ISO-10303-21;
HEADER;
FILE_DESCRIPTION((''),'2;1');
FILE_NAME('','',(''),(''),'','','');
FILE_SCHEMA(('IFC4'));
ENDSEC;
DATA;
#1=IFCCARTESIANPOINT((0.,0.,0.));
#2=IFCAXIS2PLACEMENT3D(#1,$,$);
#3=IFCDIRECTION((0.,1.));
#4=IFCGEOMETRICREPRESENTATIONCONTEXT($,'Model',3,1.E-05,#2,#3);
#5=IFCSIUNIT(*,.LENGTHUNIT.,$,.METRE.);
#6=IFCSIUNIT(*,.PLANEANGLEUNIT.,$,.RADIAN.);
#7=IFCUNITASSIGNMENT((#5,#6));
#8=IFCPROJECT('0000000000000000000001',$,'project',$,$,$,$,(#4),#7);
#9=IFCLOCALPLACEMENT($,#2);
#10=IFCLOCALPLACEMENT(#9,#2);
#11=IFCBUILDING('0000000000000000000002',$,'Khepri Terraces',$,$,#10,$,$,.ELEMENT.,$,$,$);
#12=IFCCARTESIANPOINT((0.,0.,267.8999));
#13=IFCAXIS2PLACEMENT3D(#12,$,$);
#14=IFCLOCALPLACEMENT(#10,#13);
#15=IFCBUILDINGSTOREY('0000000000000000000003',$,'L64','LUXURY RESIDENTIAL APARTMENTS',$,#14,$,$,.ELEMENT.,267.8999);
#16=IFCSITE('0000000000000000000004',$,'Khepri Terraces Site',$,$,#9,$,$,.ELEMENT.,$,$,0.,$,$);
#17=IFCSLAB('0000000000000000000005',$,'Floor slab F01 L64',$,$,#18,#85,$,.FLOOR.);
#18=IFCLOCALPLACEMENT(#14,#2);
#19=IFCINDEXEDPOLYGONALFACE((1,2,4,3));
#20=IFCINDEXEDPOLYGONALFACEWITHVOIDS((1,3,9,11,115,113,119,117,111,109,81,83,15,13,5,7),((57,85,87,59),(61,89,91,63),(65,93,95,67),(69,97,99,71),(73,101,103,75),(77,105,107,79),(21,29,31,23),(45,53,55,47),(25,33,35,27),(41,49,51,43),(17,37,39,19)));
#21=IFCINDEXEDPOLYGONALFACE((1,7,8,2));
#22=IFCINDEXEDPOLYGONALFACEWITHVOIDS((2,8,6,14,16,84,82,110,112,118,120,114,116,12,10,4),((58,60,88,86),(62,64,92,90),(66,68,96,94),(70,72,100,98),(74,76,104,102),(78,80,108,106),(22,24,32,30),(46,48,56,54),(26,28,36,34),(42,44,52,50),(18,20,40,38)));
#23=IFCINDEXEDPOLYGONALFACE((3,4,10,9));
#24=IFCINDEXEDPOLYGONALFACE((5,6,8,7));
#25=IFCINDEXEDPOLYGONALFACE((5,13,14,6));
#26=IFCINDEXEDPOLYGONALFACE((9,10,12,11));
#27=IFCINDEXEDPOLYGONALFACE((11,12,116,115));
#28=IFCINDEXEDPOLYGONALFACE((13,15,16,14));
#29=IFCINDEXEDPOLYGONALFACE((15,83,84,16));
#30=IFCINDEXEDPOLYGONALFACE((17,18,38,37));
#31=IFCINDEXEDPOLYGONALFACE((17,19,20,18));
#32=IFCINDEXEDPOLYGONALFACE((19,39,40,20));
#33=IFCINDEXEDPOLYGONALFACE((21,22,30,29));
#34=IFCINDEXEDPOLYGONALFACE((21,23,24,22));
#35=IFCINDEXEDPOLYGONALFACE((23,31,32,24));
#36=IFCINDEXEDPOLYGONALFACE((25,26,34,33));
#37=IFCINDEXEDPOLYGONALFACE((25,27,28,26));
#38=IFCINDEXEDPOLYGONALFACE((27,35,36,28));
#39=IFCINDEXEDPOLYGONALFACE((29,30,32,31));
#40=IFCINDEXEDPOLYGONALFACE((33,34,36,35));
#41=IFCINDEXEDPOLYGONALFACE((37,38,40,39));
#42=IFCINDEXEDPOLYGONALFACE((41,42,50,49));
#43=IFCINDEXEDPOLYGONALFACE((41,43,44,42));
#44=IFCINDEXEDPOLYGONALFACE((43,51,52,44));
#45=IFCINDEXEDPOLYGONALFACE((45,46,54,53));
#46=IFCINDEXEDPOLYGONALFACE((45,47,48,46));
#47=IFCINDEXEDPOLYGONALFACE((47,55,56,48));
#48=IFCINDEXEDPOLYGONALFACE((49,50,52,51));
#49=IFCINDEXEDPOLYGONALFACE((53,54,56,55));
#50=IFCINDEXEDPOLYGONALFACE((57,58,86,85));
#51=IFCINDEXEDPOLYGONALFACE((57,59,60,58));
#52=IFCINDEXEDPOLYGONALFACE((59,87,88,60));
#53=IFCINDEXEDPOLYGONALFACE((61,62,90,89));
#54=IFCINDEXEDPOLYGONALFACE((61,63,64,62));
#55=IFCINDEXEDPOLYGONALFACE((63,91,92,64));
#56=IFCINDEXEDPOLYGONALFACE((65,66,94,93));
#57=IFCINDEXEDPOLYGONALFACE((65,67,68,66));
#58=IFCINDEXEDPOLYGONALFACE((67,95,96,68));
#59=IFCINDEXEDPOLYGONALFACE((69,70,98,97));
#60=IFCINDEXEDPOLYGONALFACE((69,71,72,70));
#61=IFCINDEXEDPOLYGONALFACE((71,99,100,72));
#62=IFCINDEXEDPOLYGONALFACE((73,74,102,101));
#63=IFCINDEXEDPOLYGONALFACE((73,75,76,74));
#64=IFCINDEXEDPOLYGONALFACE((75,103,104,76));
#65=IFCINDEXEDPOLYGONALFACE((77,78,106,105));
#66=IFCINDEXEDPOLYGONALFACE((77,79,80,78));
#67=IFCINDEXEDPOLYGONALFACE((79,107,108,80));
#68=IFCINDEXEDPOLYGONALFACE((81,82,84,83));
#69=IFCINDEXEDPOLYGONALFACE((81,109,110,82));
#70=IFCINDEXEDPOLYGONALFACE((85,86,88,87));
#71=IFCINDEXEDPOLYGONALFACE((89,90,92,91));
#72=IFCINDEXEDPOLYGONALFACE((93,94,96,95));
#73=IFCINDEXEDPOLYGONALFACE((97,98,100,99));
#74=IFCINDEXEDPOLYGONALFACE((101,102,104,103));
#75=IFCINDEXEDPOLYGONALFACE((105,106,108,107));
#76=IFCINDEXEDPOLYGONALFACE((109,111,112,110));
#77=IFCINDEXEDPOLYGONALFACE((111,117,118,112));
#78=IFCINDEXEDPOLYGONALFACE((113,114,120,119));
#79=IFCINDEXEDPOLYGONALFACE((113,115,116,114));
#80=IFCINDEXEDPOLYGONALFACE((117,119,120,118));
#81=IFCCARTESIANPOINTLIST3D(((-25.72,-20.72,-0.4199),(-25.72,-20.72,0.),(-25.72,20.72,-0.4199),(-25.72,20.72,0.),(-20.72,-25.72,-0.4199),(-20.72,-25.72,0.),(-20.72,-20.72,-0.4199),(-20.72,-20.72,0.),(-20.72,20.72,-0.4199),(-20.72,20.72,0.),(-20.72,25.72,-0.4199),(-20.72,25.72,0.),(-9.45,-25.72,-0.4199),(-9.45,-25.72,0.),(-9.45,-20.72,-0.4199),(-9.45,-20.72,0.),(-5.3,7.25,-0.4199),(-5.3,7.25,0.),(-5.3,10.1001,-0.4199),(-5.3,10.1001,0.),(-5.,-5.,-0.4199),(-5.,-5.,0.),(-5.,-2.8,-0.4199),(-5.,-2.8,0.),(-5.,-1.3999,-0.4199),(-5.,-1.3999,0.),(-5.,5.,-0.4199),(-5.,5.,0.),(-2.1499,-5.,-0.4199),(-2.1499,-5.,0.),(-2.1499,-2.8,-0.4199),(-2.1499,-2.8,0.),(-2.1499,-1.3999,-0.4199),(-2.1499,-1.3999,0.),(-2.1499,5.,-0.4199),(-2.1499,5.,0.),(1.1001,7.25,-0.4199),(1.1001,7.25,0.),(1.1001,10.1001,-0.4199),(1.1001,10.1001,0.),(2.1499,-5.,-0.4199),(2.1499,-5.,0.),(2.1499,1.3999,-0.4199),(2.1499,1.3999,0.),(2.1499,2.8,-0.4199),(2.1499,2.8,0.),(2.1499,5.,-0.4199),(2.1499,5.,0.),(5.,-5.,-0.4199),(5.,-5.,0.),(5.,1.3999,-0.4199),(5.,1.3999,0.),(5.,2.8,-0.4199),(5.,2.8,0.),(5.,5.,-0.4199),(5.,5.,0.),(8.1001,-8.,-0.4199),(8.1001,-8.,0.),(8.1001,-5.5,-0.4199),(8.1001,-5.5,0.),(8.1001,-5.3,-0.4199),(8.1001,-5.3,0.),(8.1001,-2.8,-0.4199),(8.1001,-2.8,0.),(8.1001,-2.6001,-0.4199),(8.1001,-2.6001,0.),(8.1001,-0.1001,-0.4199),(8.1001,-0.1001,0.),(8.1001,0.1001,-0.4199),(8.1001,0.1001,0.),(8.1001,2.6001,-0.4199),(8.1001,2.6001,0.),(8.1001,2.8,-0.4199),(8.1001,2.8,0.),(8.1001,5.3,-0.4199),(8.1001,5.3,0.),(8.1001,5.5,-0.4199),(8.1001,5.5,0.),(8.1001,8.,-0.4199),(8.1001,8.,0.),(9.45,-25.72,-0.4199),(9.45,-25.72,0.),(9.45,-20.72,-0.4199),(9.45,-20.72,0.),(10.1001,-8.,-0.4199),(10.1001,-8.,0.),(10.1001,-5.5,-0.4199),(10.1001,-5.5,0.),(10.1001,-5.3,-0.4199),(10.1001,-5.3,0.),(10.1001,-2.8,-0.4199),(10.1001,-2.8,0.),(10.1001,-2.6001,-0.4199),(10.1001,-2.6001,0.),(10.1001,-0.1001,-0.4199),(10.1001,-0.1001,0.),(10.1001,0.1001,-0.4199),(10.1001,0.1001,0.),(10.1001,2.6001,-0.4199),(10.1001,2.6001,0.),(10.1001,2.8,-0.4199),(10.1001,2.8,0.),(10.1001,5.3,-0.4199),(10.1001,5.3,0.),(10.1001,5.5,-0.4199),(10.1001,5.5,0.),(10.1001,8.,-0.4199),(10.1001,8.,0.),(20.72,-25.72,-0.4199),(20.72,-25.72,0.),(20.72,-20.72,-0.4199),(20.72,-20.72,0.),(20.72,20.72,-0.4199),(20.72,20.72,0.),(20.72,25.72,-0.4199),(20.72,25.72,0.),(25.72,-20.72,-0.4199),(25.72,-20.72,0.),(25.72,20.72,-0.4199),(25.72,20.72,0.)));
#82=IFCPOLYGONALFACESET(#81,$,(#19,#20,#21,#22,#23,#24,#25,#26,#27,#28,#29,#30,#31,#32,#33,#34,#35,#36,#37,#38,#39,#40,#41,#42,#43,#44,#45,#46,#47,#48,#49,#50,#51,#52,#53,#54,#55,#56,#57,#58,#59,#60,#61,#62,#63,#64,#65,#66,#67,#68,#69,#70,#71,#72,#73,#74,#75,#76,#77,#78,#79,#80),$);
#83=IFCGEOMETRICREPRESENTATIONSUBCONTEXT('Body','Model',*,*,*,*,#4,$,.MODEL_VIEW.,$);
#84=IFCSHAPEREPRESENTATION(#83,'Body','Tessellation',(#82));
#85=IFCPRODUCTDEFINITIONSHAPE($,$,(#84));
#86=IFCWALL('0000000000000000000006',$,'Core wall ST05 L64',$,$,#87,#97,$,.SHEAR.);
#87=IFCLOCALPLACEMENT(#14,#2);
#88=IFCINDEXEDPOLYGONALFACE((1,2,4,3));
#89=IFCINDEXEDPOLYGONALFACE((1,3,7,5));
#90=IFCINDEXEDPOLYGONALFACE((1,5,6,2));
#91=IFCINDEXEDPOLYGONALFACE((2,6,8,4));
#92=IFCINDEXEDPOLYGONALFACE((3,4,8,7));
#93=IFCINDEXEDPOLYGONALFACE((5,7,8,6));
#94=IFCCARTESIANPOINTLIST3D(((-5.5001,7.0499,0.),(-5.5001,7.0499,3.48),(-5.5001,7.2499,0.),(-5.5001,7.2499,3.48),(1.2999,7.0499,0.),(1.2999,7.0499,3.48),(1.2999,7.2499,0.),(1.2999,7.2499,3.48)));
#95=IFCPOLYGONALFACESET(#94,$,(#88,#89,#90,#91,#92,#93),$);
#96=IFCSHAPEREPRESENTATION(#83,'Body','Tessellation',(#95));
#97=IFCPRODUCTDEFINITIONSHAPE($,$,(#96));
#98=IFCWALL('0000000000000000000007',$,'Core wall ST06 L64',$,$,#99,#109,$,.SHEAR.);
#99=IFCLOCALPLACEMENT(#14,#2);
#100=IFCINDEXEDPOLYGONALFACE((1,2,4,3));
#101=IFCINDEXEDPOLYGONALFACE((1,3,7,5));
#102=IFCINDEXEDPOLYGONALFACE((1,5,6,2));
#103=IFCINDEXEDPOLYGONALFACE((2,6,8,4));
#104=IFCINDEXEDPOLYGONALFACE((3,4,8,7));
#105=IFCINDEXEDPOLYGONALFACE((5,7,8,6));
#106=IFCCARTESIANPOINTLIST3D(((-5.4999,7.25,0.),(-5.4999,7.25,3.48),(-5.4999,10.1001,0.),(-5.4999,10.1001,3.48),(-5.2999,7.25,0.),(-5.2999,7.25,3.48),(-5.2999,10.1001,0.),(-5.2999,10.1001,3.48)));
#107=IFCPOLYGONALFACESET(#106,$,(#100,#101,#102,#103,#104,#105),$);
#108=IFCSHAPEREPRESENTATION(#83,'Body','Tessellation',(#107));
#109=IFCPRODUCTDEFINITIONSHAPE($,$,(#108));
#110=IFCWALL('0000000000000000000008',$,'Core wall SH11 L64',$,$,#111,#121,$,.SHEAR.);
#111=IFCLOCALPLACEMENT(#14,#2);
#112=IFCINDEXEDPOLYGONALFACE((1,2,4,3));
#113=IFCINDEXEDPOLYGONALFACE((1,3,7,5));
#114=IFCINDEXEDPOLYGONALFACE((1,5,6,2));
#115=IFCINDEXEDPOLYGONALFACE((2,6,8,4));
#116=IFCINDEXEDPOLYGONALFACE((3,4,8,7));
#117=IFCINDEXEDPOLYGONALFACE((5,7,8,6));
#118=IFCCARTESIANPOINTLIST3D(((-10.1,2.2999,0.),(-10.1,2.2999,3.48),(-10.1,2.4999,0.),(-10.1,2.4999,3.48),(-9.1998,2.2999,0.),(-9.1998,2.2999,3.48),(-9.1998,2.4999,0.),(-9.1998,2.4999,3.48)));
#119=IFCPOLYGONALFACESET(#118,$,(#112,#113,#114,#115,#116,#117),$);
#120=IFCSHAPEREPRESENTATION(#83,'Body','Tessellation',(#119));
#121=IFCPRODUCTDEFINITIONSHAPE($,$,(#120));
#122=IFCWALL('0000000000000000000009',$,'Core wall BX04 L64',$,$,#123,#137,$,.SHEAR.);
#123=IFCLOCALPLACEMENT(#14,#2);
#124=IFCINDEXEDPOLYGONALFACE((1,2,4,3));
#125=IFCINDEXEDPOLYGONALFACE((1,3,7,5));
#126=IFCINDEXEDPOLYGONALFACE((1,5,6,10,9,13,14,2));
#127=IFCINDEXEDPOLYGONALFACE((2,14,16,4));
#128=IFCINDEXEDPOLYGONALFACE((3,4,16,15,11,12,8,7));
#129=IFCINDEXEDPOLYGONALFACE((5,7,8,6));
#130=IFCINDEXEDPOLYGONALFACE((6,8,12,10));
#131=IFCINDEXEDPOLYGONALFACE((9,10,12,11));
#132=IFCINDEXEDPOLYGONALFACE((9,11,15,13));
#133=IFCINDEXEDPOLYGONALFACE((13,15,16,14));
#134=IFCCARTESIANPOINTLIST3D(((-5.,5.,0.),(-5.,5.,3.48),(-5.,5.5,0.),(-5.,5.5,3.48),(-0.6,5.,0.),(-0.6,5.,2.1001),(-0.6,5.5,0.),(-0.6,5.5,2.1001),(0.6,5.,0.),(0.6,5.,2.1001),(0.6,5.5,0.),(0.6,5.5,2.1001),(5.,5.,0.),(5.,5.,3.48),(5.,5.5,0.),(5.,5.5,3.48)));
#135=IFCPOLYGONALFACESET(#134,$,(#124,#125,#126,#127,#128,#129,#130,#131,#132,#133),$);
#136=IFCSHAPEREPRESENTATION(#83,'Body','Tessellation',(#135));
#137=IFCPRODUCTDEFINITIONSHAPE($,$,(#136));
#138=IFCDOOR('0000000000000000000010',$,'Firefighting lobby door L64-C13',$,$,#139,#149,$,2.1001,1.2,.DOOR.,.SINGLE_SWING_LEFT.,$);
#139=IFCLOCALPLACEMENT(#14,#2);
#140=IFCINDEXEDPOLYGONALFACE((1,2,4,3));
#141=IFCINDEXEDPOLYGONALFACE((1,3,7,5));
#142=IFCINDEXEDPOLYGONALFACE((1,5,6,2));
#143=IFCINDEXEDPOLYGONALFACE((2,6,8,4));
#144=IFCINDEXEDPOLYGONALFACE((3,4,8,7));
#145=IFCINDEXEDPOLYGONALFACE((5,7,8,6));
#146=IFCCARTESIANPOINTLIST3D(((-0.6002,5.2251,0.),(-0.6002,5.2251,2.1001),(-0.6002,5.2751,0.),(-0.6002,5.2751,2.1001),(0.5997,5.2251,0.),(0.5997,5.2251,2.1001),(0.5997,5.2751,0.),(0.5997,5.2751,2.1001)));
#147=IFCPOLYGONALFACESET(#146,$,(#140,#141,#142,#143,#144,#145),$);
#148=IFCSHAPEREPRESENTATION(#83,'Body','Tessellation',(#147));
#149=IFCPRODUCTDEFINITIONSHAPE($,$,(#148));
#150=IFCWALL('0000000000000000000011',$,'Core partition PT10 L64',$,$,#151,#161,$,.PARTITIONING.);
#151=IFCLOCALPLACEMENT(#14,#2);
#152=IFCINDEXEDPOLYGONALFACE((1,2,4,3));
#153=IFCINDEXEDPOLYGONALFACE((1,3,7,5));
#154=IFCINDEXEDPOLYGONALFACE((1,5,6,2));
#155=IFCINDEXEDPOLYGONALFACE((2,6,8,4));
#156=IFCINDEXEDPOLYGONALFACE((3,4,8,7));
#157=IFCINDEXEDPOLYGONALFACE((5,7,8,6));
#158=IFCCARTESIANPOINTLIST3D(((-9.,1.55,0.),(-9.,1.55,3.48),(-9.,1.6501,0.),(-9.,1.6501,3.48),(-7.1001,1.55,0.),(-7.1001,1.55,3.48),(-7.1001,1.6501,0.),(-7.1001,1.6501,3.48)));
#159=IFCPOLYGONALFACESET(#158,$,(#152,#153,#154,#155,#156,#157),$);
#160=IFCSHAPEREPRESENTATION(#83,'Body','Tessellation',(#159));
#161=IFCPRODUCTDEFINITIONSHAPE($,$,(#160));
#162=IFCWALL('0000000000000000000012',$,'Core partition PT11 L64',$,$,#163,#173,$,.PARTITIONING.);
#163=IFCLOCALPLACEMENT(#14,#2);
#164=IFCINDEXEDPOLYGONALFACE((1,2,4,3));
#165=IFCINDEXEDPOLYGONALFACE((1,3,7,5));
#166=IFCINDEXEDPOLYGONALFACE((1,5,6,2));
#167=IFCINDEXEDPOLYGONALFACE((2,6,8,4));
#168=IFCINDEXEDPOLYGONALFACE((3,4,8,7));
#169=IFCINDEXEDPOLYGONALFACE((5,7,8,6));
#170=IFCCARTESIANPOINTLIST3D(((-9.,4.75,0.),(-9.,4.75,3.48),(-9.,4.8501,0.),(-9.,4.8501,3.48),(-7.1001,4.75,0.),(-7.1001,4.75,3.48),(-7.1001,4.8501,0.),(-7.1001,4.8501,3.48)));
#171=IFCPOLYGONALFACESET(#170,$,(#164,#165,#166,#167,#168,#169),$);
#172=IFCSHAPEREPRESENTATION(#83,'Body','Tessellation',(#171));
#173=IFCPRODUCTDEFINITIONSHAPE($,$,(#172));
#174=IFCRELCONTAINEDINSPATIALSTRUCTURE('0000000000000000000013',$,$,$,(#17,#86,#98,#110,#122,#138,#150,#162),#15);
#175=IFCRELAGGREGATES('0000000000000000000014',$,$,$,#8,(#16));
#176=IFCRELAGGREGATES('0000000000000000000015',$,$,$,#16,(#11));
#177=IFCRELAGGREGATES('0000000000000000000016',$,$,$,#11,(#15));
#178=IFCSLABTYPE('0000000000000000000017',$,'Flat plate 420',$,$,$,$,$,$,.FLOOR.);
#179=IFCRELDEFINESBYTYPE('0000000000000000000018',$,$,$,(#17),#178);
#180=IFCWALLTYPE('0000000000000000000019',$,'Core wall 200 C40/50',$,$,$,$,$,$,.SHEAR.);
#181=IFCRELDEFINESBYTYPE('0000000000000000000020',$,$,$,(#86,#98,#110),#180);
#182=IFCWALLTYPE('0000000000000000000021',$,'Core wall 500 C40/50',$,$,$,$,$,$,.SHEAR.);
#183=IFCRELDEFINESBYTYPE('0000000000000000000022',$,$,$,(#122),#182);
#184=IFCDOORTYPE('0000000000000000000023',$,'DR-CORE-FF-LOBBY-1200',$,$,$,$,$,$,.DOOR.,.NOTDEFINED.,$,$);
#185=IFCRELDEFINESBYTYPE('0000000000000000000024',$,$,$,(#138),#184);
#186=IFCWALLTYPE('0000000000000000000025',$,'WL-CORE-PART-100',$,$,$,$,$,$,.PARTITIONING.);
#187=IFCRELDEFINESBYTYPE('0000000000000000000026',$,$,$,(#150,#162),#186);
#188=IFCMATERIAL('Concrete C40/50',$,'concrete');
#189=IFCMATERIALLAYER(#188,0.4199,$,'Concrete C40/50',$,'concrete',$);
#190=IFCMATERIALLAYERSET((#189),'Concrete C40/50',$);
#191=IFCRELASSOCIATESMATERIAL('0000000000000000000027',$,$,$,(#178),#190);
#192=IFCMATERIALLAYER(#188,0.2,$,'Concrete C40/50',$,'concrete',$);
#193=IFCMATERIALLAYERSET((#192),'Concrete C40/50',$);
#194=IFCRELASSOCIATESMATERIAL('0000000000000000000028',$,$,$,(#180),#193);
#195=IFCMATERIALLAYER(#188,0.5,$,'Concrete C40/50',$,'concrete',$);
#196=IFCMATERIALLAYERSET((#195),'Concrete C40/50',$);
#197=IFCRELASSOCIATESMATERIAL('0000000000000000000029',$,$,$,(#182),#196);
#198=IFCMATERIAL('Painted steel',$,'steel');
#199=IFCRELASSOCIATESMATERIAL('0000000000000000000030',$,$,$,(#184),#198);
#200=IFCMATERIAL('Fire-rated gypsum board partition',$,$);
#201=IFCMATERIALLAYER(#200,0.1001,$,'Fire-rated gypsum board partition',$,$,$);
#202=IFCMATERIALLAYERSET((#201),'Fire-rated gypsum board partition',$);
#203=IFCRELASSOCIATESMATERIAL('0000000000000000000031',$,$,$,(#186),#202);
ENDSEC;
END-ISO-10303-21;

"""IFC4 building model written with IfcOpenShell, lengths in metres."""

from ifc_helpers import new_model, si_unit, direction, frame, frame_2d, origin, place, context, subcontext, project, spatial, polyline, rectangle, outline, extrude, material, layer, layer_set, type_object, element, fill, save


model = new_model("IFC4")

# Units and contexts
model_context = context("Model", 3, precision=1e-05, world=origin(), true_north=direction((0.0, 1.0)))
body_context = subcontext(model_context, "Body", "Model", "MODEL_VIEW")
ifc_project = project(units=[si_unit("LENGTHUNIT", "METRE"), si_unit("PLANEANGLEUNIT", "RADIAN")], contexts=[model_context])

# Site, building, storey
site_placement = place(None, origin())
site = spatial("IfcSite", under=ifc_project, at=site_placement, Name="Khepri Terraces Site", CompositionType="ELEMENT", RefElevation=0.0)
building_placement = place(site_placement, origin())
building = spatial("IfcBuilding", under=site, at=building_placement, Name="Khepri Terraces", CompositionType="ELEMENT")
storey_placement = place(building_placement, frame((0.0, 0.0, 267.8999)))
storey = spatial("IfcBuildingStorey", under=building, at=storey_placement, Name="L64", Description="LUXURY RESIDENTIAL APARTMENTS", CompositionType="ELEMENT", Elevation=267.8999)

# Slab
ifc_material_1 = material(Name="Concrete C40/50", Category="concrete")
ifc_layer_1 = layer(ifc_material_1, 0.4199, Name="Concrete C40/50", Category="concrete")
ifc_layer_set_1 = layer_set([ifc_layer_1], Name="Concrete C40/50")
slab_type = type_object("IfcSlabType", Name="Flat plate 420", PredefinedType="FLOOR", material=ifc_layer_set_1)
slab_placement = place(storey_placement, frame((0.0, 0.0, -0.4199)))
element("IfcSlab", 1, at=slab_placement, inside=storey, type_object=slab_type, Name="Floor slab F01 L64", PredefinedType="FLOOR", context=body_context, shape_type="SweptSolid", body=[
    extrude(outline(polyline([(-20.72, 25.72), (20.72, 25.72), (20.72, 20.72), (25.72, 20.72), (25.72, -20.72), (20.72, -20.72), (20.72, -25.72), (9.45, -25.72), (9.45, -20.72), (-9.45, -20.72), (-9.45, -25.72), (-20.72, -25.72), (-20.72, -20.72), (-25.72, -20.72), (-25.72, 20.72), (-20.72, 20.72), (-20.72, 25.72)]), holes=[polyline([(2.1499, 2.8), (5.0, 2.8), (5.0, 5.0), (2.1499, 5.0), (2.1499, 2.8)]), polyline([(-5.0, -2.8), (-5.0, -5.0), (-2.1499, -5.0), (-2.1499, -2.8), (-5.0, -2.8)]), polyline([(10.1001, -5.5), (8.1001, -5.5), (8.1001, -8.0), (10.1001, -8.0), (10.1001, -5.5)]), polyline([(10.1001, -5.3), (10.1001, -2.8), (8.1001, -2.8), (8.1001, -5.3), (10.1001, -5.3)]), polyline([(8.1001, -2.6001), (10.1001, -2.6001), (10.1001, -0.1001), (8.1001, -0.1001), (8.1001, -2.6001)]), polyline([(8.1001, 2.6001), (8.1001, 0.1001), (10.1001, 0.1001), (10.1001, 2.6001), (8.1001, 2.6001)]), polyline([(10.1001, 5.3), (8.1001, 5.3), (8.1001, 2.8), (10.1001, 2.8), (10.1001, 5.3)]), polyline([(10.1001, 5.5), (10.1001, 8.0), (8.1001, 8.0), (8.1001, 5.5), (10.1001, 5.5)]), polyline([(-5.0, -1.3999), (-2.1499, -1.3999), (-2.1499, 5.0), (-5.0, 5.0), (-5.0, -1.3999)]), polyline([(5.0, -5.0), (5.0, 1.3999), (2.1499, 1.3999), (2.1499, -5.0), (5.0, -5.0)]), polyline([(-5.3, 10.1001), (-5.3, 7.25), (1.1001, 7.25), (1.1001, 10.1001), (-5.3, 10.1001)])]), origin(), (0.0, 0.0, 1.0), 0.4199),
])

# Walls
ifc_layer_2 = layer(ifc_material_1, 0.2, Name="Concrete C40/50", Category="concrete")
ifc_layer_set_2 = layer_set([ifc_layer_2], Name="Concrete C40/50")
wall_type_1 = type_object("IfcWallType", Name="Core wall 200 C40/50", PredefinedType="SHEAR", material=ifc_layer_set_2)
wall_1_placement = place(storey_placement, frame((-5.5, 7.1499, 0.0), z_axis=(0.0, 0.0, 1.0), x_axis=(1.0, 0.0, 0.0)))
element("IfcWall", 2, at=wall_1_placement, inside=storey, type_object=wall_type_1, Name="Core wall ST05 L64", PredefinedType="SHEAR", context=body_context, shape_type="SweptSolid", body=[
    extrude(rectangle(XDim=6.8, YDim=0.2, at=frame_2d((3.3999, 0.0))), origin(), (0.0, 0.0, 1.0), 3.48),
])
wall_2_placement = place(storey_placement, frame((-5.3999, 7.25, 0.0), z_axis=(0.0, 0.0, 1.0), x_axis=(0.0, 1.0, 0.0)))
element("IfcWall", 3, at=wall_2_placement, inside=storey, type_object=wall_type_1, Name="Core wall ST06 L64", PredefinedType="SHEAR", context=body_context, shape_type="SweptSolid", body=[
    extrude(rectangle(XDim=2.8501, YDim=0.2, at=frame_2d((1.425, 0.0))), origin(), (0.0, 0.0, 1.0), 3.48),
])
wall_3_placement = place(storey_placement, frame((-10.1001, 2.3999, 0.0), z_axis=(0.0, 0.0, 1.0), x_axis=(1.0, 0.0, 0.0)))
element("IfcWall", 4, at=wall_3_placement, inside=storey, type_object=wall_type_1, Name="Core wall SH11 L64", PredefinedType="SHEAR", context=body_context, shape_type="SweptSolid", body=[
    extrude(rectangle(XDim=0.9001, YDim=0.2, at=frame_2d((0.4502, 0.0))), origin(), (0.0, 0.0, 1.0), 3.48),
])

# Wall, opening, door
ifc_layer_3 = layer(ifc_material_1, 0.5, Name="Concrete C40/50", Category="concrete")
ifc_layer_set_3 = layer_set([ifc_layer_3], Name="Concrete C40/50")
wall_type_2 = type_object("IfcWallType", Name="Core wall 500 C40/50", PredefinedType="SHEAR", material=ifc_layer_set_3)
wall_4_placement = place(storey_placement, frame((-5.0, 5.25, 0.0), z_axis=(0.0, 0.0, 1.0), x_axis=(1.0, 0.0, 0.0)))
wall_4 = element("IfcWall", 5, at=wall_4_placement, inside=storey, type_object=wall_type_2, Name="Core wall BX04 L64", PredefinedType="SHEAR", context=body_context, shape_type="SweptSolid", body=[
    extrude(rectangle(XDim=10.0, YDim=0.5, at=frame_2d((5.0, 0.0))), origin(), (0.0, 0.0, 1.0), 3.48),
])
opening_1_placement = place(wall_4_placement, frame((4.3999, 0.0, 0.0)))
opening_1 = element("IfcOpeningElement", 6, at=opening_1_placement, cuts=wall_4, PredefinedType="OPENING", context=body_context, shape_type="SweptSolid", body=[
    extrude(rectangle(XDim=1.2, YDim=2.1001, at=frame_2d((0.6001, 1.05))), frame((0.0, 0.26, 0.0), z_axis=(0.0, -1.0, 0.0), x_axis=(1.0, 0.0, 0.0)), (0.0, 0.0, 1.0), 0.52),
])
ifc_material_2 = material(Name="Painted steel", Category="steel")
door_type_1 = type_object("IfcDoorType", Name="DR-CORE-FF-LOBBY-1200", OperationType="NOTDEFINED", PredefinedType="DOOR", material=ifc_material_2)
door_1_placement = place(opening_1_placement, frame((1.2, 0.0, 0.0), z_axis=(0.0, 0.0, 1.0), x_axis=(-1.0, 0.0, 0.0)))
door_1 = element("IfcDoor", 7, at=door_1_placement, inside=storey, type_object=door_type_1, Name="Firefighting lobby door L64-C13", OperationType="SINGLE_SWING_LEFT", OverallHeight=2.1001, OverallWidth=1.2, PredefinedType="DOOR", context=body_context, shape_type="SweptSolid", body=[
    extrude(rectangle(XDim=1.2, YDim=2.1001, at=frame_2d((0.6001, 1.05))), frame((0.0, 0.0249, 0.0), z_axis=(0.0, -1.0, 0.0), x_axis=(1.0, 0.0, 0.0)), (0.0, 0.0, 1.0), 0.05),
])
fill(opening_1, door_1)

# Walls
ifc_material_3 = material(Name="Fire-rated gypsum board partition")
ifc_layer_4 = layer(ifc_material_3, 0.1001, Name="Fire-rated gypsum board partition")
ifc_layer_set_4 = layer_set([ifc_layer_4], Name="Fire-rated gypsum board partition")
wall_type_3 = type_object("IfcWallType", Name="WL-CORE-PART-100", PredefinedType="PARTITIONING", material=ifc_layer_set_4)
for number, where, z_axis, x_axis, name in (
    (8, (-9.0, 1.6001, 0.0), (0.0, 0.0, 1.0), (1.0, 0.0, 0.0), "Core partition PT10 L64"),
    (9, (-9.0, 4.8, 0.0), (0.0, 0.0, 1.0), (1.0, 0.0, 0.0), "Core partition PT11 L64"),
):
    element("IfcWall", number, at=place(storey_placement, frame(where, z_axis=z_axis, x_axis=x_axis)), inside=storey, type_object=wall_type_3, Name=name, PredefinedType="PARTITIONING", context=body_context, shape_type="SweptSolid", body=[
        extrude(rectangle(XDim=1.8999, YDim=0.1001, at=frame_2d((0.95, 0.0))), origin(), (0.0, 0.0, 1.0), 3.48),
    ])

save(model, "model.ifc")
